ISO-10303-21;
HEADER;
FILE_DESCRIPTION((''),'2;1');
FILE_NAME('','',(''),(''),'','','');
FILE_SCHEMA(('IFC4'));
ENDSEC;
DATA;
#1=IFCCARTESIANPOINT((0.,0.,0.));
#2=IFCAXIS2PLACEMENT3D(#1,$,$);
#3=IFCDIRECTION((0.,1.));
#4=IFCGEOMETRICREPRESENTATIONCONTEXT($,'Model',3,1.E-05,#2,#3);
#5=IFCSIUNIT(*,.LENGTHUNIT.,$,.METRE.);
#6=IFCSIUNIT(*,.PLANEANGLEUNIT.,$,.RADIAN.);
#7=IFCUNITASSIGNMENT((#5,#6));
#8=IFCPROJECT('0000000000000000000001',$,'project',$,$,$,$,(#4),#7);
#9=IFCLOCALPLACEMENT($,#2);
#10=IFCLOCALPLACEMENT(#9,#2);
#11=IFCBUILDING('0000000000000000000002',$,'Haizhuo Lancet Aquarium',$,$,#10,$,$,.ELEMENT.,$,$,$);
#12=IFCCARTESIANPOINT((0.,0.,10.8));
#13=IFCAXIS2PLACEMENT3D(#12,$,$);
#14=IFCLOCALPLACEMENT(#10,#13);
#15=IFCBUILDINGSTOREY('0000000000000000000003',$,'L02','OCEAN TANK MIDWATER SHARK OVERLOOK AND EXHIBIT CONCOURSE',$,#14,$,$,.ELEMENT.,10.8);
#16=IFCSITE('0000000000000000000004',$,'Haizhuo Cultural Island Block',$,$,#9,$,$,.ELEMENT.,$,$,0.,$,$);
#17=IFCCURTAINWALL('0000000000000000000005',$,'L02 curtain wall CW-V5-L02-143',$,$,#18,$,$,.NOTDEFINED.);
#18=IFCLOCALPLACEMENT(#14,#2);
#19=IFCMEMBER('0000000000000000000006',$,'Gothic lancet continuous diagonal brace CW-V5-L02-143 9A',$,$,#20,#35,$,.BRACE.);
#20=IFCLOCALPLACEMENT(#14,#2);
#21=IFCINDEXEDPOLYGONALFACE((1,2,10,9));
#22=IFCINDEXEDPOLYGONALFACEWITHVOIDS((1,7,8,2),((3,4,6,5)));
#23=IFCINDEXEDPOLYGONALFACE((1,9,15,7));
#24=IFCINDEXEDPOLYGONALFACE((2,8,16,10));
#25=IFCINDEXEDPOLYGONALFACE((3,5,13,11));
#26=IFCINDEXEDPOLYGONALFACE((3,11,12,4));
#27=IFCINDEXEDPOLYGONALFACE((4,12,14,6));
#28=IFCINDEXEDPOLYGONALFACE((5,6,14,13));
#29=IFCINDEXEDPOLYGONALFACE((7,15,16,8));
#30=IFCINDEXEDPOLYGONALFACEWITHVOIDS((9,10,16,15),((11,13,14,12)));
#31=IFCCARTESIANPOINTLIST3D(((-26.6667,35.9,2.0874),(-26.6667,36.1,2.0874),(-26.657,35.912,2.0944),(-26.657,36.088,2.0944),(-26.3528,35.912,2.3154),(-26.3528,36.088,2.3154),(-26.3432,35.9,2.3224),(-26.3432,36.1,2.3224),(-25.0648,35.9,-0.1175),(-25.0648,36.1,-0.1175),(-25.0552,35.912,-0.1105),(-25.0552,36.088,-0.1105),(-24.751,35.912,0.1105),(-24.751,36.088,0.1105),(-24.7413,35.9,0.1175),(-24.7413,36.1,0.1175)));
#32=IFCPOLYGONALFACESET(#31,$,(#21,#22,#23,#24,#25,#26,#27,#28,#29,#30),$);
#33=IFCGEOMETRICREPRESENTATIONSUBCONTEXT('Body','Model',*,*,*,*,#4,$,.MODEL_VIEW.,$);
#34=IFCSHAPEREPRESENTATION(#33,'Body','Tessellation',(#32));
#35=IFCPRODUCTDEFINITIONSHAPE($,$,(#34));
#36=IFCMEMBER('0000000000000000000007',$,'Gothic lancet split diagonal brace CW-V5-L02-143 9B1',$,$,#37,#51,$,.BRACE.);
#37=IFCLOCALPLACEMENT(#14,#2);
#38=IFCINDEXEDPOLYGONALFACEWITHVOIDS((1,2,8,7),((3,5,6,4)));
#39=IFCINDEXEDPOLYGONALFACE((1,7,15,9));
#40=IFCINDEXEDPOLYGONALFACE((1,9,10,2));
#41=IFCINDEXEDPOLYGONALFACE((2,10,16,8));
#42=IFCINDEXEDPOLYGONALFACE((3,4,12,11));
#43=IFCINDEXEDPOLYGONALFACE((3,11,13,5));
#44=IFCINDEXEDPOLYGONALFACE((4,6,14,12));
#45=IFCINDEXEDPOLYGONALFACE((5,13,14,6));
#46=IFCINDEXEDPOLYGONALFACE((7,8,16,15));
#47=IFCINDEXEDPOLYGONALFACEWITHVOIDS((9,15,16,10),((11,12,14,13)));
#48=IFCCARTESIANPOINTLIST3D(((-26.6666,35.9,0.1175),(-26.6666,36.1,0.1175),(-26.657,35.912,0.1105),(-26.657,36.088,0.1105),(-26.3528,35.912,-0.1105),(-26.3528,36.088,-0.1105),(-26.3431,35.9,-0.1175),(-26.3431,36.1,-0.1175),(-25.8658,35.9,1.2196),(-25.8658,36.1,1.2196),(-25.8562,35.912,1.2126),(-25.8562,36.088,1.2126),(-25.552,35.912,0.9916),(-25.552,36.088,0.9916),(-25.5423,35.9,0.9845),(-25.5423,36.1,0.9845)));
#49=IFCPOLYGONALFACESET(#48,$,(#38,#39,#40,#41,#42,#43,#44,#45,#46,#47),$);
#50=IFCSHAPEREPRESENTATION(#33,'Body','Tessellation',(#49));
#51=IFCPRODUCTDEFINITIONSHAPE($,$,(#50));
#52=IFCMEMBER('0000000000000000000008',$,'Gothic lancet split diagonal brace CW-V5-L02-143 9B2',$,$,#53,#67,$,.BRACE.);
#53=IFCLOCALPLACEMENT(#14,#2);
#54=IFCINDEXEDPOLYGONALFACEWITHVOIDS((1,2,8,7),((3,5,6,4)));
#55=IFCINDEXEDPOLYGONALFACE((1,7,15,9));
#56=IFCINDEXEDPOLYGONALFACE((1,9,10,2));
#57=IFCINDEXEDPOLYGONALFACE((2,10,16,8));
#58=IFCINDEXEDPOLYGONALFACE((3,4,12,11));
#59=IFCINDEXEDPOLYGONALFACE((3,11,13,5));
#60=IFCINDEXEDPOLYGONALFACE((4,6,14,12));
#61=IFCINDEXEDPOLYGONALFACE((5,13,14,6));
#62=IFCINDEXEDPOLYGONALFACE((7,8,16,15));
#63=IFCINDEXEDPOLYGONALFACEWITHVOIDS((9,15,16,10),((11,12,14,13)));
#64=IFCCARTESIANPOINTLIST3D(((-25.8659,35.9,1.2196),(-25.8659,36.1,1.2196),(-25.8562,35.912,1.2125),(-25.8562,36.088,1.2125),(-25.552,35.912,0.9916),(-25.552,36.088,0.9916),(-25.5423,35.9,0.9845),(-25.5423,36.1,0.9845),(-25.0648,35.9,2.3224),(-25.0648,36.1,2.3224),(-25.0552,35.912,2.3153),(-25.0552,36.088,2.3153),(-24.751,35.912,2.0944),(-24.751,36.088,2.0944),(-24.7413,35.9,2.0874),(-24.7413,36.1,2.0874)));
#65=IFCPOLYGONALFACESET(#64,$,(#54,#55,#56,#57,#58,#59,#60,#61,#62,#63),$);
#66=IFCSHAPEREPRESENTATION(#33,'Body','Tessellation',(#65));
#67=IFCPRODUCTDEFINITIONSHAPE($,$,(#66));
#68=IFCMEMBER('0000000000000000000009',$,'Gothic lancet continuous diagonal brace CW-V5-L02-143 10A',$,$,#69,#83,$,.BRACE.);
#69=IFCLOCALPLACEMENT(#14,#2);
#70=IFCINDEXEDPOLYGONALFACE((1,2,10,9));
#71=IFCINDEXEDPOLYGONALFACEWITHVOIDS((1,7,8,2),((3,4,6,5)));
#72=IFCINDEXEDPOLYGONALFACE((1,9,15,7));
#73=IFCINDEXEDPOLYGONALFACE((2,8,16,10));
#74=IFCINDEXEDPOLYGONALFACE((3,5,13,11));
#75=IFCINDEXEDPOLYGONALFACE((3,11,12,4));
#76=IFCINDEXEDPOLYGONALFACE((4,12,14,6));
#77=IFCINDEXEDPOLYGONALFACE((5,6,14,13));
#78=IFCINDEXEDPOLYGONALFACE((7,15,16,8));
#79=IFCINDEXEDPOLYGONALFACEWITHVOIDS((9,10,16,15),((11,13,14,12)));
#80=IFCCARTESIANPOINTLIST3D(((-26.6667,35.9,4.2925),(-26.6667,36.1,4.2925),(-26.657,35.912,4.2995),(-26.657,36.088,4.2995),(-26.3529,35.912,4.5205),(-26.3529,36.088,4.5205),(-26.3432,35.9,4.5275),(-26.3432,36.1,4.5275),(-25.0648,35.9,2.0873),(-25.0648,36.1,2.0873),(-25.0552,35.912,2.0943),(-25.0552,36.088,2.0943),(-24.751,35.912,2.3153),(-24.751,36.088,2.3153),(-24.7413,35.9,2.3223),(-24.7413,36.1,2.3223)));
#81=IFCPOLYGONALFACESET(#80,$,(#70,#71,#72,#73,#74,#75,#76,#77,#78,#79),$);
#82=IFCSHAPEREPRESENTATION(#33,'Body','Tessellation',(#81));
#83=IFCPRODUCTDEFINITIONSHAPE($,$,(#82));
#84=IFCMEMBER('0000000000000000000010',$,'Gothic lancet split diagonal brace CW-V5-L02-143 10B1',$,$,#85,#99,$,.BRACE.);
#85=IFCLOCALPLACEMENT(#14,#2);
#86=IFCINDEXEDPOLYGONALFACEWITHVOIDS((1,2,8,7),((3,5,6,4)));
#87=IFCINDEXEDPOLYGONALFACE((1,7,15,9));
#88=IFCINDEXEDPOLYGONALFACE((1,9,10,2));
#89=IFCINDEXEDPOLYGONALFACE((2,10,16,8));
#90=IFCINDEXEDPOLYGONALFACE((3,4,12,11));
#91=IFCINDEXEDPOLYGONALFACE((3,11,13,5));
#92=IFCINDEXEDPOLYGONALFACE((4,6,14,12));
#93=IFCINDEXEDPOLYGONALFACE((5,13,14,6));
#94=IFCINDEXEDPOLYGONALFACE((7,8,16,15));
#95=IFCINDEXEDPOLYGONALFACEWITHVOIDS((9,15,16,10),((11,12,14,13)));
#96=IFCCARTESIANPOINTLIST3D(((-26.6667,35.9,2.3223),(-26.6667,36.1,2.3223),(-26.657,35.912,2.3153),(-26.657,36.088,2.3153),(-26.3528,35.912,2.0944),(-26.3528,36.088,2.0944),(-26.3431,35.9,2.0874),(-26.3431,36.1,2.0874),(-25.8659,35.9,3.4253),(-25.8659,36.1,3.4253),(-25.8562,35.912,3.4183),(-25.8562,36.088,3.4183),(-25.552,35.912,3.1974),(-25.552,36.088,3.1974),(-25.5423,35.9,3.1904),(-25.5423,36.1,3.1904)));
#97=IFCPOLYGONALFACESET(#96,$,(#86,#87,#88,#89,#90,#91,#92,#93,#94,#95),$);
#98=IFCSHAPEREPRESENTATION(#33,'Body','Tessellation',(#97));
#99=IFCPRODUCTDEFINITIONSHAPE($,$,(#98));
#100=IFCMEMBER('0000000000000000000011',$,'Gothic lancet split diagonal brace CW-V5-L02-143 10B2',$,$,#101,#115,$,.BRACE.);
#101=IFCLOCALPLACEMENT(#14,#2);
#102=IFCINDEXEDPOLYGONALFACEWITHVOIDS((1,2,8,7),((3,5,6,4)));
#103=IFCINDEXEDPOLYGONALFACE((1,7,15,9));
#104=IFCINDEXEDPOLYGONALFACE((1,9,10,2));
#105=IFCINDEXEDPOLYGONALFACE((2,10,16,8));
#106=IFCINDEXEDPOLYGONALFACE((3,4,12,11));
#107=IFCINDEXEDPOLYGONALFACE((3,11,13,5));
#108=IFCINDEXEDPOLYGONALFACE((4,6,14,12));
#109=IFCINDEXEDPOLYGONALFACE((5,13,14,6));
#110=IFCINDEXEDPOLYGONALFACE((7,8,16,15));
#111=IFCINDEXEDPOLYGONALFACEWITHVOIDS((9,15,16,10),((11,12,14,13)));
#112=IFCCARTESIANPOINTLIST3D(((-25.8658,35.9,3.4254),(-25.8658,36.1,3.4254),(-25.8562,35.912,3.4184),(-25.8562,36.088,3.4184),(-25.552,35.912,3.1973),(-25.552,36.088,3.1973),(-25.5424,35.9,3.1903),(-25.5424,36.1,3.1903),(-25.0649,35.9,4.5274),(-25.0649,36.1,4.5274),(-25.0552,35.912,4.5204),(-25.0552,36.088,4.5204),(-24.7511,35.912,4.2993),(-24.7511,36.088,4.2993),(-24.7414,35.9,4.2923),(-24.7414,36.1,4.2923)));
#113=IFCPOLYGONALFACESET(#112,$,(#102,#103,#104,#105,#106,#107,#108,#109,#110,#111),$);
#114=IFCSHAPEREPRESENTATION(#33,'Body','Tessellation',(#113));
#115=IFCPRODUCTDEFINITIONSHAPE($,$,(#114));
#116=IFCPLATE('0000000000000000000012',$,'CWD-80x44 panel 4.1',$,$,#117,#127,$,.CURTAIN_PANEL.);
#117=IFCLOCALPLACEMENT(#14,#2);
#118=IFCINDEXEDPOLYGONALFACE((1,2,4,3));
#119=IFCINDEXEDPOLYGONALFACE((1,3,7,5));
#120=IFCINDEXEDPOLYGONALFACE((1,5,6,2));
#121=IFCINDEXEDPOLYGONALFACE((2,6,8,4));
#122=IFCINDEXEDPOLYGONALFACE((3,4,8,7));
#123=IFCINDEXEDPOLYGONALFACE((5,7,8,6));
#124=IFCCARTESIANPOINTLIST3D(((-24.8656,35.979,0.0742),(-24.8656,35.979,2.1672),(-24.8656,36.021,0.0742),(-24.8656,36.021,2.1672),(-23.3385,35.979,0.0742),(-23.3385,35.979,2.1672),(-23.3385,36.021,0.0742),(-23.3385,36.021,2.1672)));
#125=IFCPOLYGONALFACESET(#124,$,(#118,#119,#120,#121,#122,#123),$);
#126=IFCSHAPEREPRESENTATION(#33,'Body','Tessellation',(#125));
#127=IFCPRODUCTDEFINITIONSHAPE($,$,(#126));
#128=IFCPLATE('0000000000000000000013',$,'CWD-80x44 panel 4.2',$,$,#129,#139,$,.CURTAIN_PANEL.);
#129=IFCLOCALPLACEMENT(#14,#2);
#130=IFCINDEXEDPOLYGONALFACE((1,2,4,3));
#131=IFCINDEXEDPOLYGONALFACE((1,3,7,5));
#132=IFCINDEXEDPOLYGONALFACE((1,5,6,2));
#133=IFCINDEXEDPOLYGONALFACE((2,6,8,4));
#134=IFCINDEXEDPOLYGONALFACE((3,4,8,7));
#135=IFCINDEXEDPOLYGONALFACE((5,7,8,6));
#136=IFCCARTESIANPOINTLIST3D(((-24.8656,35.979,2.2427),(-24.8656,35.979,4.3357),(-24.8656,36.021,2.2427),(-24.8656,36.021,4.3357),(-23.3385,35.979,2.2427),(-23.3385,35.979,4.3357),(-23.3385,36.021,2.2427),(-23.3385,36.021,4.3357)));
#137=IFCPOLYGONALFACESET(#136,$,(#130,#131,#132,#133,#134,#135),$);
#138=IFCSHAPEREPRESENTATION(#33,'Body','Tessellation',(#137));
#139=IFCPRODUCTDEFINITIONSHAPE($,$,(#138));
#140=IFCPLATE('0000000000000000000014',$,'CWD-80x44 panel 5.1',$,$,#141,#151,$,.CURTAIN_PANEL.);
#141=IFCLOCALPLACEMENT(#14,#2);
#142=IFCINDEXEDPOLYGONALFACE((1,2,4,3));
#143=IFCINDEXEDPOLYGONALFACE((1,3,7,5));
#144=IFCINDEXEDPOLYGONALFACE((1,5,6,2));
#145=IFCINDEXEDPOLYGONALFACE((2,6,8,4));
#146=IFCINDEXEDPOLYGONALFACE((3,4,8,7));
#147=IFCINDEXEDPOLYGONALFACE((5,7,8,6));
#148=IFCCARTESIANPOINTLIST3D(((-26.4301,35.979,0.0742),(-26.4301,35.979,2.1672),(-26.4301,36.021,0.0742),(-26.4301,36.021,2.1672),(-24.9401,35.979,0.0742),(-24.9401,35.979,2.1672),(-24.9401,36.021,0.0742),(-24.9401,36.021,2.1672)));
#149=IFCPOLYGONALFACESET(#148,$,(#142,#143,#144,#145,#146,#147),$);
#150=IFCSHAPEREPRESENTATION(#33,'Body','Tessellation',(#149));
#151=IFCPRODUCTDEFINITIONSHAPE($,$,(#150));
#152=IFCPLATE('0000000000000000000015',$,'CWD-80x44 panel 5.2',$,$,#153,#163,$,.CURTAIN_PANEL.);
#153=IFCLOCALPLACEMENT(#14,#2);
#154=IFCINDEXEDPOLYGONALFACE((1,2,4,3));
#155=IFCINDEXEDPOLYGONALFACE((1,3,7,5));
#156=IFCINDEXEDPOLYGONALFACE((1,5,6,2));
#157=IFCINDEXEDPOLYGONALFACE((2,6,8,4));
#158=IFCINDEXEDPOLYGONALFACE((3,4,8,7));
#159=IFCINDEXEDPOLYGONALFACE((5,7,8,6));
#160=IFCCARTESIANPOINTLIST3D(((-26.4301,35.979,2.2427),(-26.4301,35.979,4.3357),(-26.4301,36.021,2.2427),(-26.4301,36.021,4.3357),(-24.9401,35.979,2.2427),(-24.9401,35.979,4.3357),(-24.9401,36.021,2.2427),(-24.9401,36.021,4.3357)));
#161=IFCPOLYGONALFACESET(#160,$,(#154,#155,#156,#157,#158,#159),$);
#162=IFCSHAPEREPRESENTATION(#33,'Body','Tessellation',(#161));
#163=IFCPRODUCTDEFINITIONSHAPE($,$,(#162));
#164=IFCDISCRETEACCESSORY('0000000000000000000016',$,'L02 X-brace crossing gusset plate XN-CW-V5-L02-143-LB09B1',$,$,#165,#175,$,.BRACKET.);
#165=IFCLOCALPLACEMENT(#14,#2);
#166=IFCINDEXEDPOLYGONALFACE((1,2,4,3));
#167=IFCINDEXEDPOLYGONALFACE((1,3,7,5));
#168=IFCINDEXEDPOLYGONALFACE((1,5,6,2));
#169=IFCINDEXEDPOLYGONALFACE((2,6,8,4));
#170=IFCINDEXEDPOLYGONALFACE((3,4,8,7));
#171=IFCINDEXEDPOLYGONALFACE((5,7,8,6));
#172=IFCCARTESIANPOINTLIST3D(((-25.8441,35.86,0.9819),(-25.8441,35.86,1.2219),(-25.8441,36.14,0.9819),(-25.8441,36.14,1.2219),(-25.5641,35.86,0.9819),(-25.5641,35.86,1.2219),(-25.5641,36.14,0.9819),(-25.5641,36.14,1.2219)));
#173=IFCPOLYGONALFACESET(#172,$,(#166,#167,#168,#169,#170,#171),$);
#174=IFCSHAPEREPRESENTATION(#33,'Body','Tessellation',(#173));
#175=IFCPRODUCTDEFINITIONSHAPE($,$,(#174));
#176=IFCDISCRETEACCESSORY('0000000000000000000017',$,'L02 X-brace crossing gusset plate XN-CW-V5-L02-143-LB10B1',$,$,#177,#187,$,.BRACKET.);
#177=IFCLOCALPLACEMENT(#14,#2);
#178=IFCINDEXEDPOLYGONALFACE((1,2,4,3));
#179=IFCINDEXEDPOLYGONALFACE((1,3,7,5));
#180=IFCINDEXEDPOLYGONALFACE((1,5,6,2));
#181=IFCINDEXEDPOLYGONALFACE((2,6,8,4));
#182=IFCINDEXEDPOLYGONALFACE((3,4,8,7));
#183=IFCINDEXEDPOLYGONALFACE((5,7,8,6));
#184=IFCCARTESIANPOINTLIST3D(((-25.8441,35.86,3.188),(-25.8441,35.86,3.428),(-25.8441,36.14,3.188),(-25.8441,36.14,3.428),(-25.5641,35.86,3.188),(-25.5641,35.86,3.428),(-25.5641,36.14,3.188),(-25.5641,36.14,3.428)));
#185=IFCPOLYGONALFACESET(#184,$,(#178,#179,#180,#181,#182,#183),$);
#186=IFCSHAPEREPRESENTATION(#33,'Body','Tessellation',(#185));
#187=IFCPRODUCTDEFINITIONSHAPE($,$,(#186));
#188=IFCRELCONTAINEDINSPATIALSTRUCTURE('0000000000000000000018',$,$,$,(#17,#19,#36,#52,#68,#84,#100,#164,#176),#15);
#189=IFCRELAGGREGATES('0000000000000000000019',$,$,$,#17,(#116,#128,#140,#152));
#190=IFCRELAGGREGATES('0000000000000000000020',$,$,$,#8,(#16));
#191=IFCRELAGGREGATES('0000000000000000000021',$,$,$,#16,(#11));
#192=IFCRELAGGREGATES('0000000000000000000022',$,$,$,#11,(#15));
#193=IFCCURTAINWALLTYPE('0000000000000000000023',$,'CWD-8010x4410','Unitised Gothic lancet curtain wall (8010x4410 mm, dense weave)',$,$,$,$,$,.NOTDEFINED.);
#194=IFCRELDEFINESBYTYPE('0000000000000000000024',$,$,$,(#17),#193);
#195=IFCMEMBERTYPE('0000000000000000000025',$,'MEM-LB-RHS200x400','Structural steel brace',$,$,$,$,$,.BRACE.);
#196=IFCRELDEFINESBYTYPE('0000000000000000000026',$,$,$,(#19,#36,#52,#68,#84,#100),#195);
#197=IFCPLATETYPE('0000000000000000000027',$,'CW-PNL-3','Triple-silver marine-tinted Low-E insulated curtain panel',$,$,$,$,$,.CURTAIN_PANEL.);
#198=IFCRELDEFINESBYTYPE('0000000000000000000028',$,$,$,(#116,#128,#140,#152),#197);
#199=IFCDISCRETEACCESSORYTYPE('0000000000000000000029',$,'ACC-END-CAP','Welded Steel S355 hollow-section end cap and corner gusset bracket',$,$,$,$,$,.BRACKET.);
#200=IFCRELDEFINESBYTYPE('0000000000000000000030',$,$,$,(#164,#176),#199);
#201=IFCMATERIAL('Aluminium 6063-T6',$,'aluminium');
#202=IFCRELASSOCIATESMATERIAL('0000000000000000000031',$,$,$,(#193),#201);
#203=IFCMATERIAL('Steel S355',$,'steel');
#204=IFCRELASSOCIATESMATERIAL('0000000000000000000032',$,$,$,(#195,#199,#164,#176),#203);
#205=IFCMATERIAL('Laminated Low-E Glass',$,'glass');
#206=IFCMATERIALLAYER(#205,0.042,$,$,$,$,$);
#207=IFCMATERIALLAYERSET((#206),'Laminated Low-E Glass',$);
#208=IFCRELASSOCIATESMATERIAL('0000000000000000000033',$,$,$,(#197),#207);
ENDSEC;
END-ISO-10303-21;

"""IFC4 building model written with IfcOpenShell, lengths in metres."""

from ifc_helpers import new_model, si_unit, direction, frame, origin, origin_2d, place, context, subcontext, project, spatial, rectangle, hollow_rectangle, extrude, material, layer, layer_set, material_profile, profile_set, type_object, element, aggregate, save


model = new_model("IFC4")

# Units and contexts
model_context = context("Model", 3, precision=1e-05, world=origin(), true_north=direction((0.0, 1.0)))
body_context = subcontext(model_context, "Body", "Model", "MODEL_VIEW")
ifc_project = project(units=[si_unit("LENGTHUNIT", "METRE"), si_unit("PLANEANGLEUNIT", "RADIAN")], contexts=[model_context])

# Site, building, storey
site_placement = place(None, origin())
site = spatial("IfcSite", under=ifc_project, at=site_placement, Name="Haizhuo Cultural Island Block", CompositionType="ELEMENT", RefElevation=0.0)
building_placement = place(site_placement, origin())
building = spatial("IfcBuilding", under=site, at=building_placement, Name="Haizhuo Lancet Aquarium", CompositionType="ELEMENT")
storey_placement = place(building_placement, frame((0.0, 0.0, 10.8)))
storey = spatial("IfcBuildingStorey", under=building, at=storey_placement, Name="L02", Description="OCEAN TANK MIDWATER SHARK OVERLOOK AND EXHIBIT CONCOURSE", CompositionType="ELEMENT", Elevation=10.8)

# Curtain wall
ifc_material_1 = material(Name="Aluminium 6063-T6", Category="aluminium")
curtain_wall_type = type_object("IfcCurtainWallType", Name="CWD-8010x4410", Description="Unitised Gothic lancet curtain wall (8010x4410 mm, dense weave)", PredefinedType="NOTDEFINED", material=ifc_material_1)
curtain_wall_placement = place(storey_placement, origin())
curtain_wall = element("IfcCurtainWall", 1, at=curtain_wall_placement, inside=storey, type_object=curtain_wall_type, Name="L02 curtain wall CW-V5-L02-143", PredefinedType="NOTDEFINED")

# Members
ifc_material_2 = material(Name="Steel S355", Category="steel")
ifc_material_profile_1 = material_profile(ifc_material_2, hollow_rectangle(XDim=0.2, YDim=0.3999, WallThickness=0.012, at=origin_2d()), Name="RHS 200x400x12")
ifc_profile_set_1 = profile_set([ifc_material_profile_1], Name="Steel S355")
member_type_1 = type_object("IfcMemberType", Name="MEM-LB-RHS200x400", Description="Structural steel brace", PredefinedType="BRACE", material=ifc_profile_set_1)
member_1_placement = place(storey_placement, frame((-24.9031, 36.0, 0.0), z_axis=(-0.587761, 0.0, 0.809034), x_axis=(0.0, -1.0, 0.0)))
element("IfcMember", 2, at=member_1_placement, inside=storey, type_object=member_type_1, Name="Gothic lancet continuous diagonal brace CW-V5-L02-143 9A", PredefinedType="BRACE", context=body_context, shape_type="SweptSolid", body=[
    extrude(hollow_rectangle(XDim=0.2, YDim=0.3999, WallThickness=0.012, at=origin_2d()), origin(), (0.0, 0.0, 1.0), 2.7253),
])
member_2_placement = place(storey_placement, frame((-26.5049, 36.0, 0.0), z_axis=(0.587831, 0.0, 0.808984), x_axis=(0.0, 1.0, 0.0)))
element("IfcMember", 3, at=member_2_placement, inside=storey, type_object=member_type_1, Name="Gothic lancet split diagonal brace CW-V5-L02-143 9B1", PredefinedType="BRACE", context=body_context, shape_type="SweptSolid", body=[
    extrude(hollow_rectangle(XDim=0.2, YDim=0.3999, WallThickness=0.012, at=origin_2d()), origin(), (0.0, 0.0, 1.0), 1.3623),
])
member_3_placement = place(storey_placement, frame((-25.7041, 36.0, 1.1021), z_axis=(0.587692, 0.0, 0.809084), x_axis=(0.0, 1.0, 0.0)))
element("IfcMember", 4, at=member_3_placement, inside=storey, type_object=member_type_1, Name="Gothic lancet split diagonal brace CW-V5-L02-143 9B2", PredefinedType="BRACE", context=body_context, shape_type="SweptSolid", body=[
    extrude(hollow_rectangle(XDim=0.2, YDim=0.3999, WallThickness=0.012, at=origin_2d()), origin(), (0.0, 0.0, 1.0), 1.363),
])
member_4_placement = place(storey_placement, frame((-24.9031, 36.0, 2.2048), z_axis=(-0.587719, 0.0, 0.809065), x_axis=(0.0, -1.0, 0.0)))
element("IfcMember", 5, at=member_4_placement, inside=storey, type_object=member_type_1, Name="Gothic lancet continuous diagonal brace CW-V5-L02-143 10A", PredefinedType="BRACE", context=body_context, shape_type="SweptSolid", body=[
    extrude(hollow_rectangle(XDim=0.2, YDim=0.3999, WallThickness=0.012, at=origin_2d()), origin(), (0.0, 0.0, 1.0), 2.7256),
])
member_5_placement = place(storey_placement, frame((-26.5049, 36.0, 2.2048), z_axis=(0.58749, 0.0, 0.809232), x_axis=(0.0, 1.0, 0.0)))
element("IfcMember", 6, at=member_5_placement, inside=storey, type_object=member_type_1, Name="Gothic lancet split diagonal brace CW-V5-L02-143 10B1", PredefinedType="BRACE", context=body_context, shape_type="SweptSolid", body=[
    extrude(hollow_rectangle(XDim=0.2, YDim=0.3999, WallThickness=0.012, at=origin_2d()), origin(), (0.0, 0.0, 1.0), 1.363),
])
member_6_placement = place(storey_placement, frame((-25.7041, 36.0, 3.3079), z_axis=(0.587948, 0.0, 0.808899), x_axis=(0.0, 1.0, 0.0)))
element("IfcMember", 7, at=member_6_placement, inside=storey, type_object=member_type_1, Name="Gothic lancet split diagonal brace CW-V5-L02-143 10B2", PredefinedType="BRACE", context=body_context, shape_type="SweptSolid", body=[
    extrude(hollow_rectangle(XDim=0.2, YDim=0.3999, WallThickness=0.012, at=origin_2d()), origin(), (0.0, 0.0, 1.0), 1.3623),
])

# Plates
ifc_material_3 = material(Name="Laminated Low-E Glass", Category="glass")
ifc_layer = layer(ifc_material_3, 0.042)
ifc_layer_set = layer_set([ifc_layer], Name="Laminated Low-E Glass")
plate_type = type_object("IfcPlateType", Name="CW-PNL-3", Description="Triple-silver marine-tinted Low-E insulated curtain panel", PredefinedType="CURTAIN_PANEL", material=ifc_layer_set)
plate_1_placement = place(storey_placement, frame((-24.1021, 36.0, 0.0742), z_axis=(0.0, 0.0, 1.0), x_axis=(-1.0, 0.0, 0.0)))
plate_1 = element("IfcPlate", 8, at=plate_1_placement, type_object=plate_type, Name="CWD-80x44 panel 4.1", PredefinedType="CURTAIN_PANEL", context=body_context, shape_type="SweptSolid", body=[
    extrude(rectangle(XDim=1.5271, YDim=0.042, at=origin_2d()), origin(), (0.0, 0.0, 1.0), 2.093),
])
plate_2_placement = place(storey_placement, frame((-24.1021, 36.0, 2.2427), z_axis=(0.0, 0.0, 1.0), x_axis=(-1.0, 0.0, 0.0)))
plate_2 = element("IfcPlate", 9, at=plate_2_placement, type_object=plate_type, Name="CWD-80x44 panel 4.2", PredefinedType="CURTAIN_PANEL", context=body_context, shape_type="SweptSolid", body=[
    extrude(rectangle(XDim=1.5271, YDim=0.042, at=origin_2d()), origin(), (0.0, 0.0, 1.0), 2.093),
])
plate_3_placement = place(storey_placement, frame((-25.6851, 36.0, 0.0742), z_axis=(0.0, 0.0, 1.0), x_axis=(-1.0, 0.0, 0.0)))
plate_3 = element("IfcPlate", 10, at=plate_3_placement, type_object=plate_type, Name="CWD-80x44 panel 5.1", PredefinedType="CURTAIN_PANEL", context=body_context, shape_type="SweptSolid", body=[
    extrude(rectangle(XDim=1.49, YDim=0.042, at=origin_2d()), origin(), (0.0, 0.0, 1.0), 2.093),
])
plate_4_placement = place(storey_placement, frame((-25.6851, 36.0, 2.2427), z_axis=(0.0, 0.0, 1.0), x_axis=(-1.0, 0.0, 0.0)))
plate_4 = element("IfcPlate", 11, at=plate_4_placement, type_object=plate_type, Name="CWD-80x44 panel 5.2", PredefinedType="CURTAIN_PANEL", context=body_context, shape_type="SweptSolid", body=[
    extrude(rectangle(XDim=1.49, YDim=0.042, at=origin_2d()), origin(), (0.0, 0.0, 1.0), 2.093),
])
aggregate(curtain_wall, [plate_1, plate_2, plate_3, plate_4])

# Discrete accessories
discrete_accessory_type = type_object("IfcDiscreteAccessoryType", Name="ACC-END-CAP", Description="Welded Steel S355 hollow-section end cap and corner gusset bracket", PredefinedType="BRACKET", material=ifc_material_2)
for number, where, z_axis, x_axis, name in (
    (12, (-25.7041, 36.0, 0.9819), (0.0, 0.0, 1.0), (1.0, 0.0, 0.0), "L02 X-brace crossing gusset plate XN-CW-V5-L02-143-LB09B1"),
    (13, (-25.7041, 36.0, 3.188), (0.0, 0.0, 1.0), (1.0, 0.0, 0.0), "L02 X-brace crossing gusset plate XN-CW-V5-L02-143-LB10B1"),
):
    element("IfcDiscreteAccessory", number, at=place(storey_placement, frame(where, z_axis=z_axis, x_axis=x_axis)), inside=storey, type_object=discrete_accessory_type, material=ifc_material_2, Name=name, PredefinedType="BRACKET", context=body_context, shape_type="SweptSolid", body=[
        extrude(rectangle(XDim=0.28, YDim=0.28, at=origin_2d()), origin(), (0.0, 0.0, 1.0), 0.24),
    ])

save(model, "model.ifc")
